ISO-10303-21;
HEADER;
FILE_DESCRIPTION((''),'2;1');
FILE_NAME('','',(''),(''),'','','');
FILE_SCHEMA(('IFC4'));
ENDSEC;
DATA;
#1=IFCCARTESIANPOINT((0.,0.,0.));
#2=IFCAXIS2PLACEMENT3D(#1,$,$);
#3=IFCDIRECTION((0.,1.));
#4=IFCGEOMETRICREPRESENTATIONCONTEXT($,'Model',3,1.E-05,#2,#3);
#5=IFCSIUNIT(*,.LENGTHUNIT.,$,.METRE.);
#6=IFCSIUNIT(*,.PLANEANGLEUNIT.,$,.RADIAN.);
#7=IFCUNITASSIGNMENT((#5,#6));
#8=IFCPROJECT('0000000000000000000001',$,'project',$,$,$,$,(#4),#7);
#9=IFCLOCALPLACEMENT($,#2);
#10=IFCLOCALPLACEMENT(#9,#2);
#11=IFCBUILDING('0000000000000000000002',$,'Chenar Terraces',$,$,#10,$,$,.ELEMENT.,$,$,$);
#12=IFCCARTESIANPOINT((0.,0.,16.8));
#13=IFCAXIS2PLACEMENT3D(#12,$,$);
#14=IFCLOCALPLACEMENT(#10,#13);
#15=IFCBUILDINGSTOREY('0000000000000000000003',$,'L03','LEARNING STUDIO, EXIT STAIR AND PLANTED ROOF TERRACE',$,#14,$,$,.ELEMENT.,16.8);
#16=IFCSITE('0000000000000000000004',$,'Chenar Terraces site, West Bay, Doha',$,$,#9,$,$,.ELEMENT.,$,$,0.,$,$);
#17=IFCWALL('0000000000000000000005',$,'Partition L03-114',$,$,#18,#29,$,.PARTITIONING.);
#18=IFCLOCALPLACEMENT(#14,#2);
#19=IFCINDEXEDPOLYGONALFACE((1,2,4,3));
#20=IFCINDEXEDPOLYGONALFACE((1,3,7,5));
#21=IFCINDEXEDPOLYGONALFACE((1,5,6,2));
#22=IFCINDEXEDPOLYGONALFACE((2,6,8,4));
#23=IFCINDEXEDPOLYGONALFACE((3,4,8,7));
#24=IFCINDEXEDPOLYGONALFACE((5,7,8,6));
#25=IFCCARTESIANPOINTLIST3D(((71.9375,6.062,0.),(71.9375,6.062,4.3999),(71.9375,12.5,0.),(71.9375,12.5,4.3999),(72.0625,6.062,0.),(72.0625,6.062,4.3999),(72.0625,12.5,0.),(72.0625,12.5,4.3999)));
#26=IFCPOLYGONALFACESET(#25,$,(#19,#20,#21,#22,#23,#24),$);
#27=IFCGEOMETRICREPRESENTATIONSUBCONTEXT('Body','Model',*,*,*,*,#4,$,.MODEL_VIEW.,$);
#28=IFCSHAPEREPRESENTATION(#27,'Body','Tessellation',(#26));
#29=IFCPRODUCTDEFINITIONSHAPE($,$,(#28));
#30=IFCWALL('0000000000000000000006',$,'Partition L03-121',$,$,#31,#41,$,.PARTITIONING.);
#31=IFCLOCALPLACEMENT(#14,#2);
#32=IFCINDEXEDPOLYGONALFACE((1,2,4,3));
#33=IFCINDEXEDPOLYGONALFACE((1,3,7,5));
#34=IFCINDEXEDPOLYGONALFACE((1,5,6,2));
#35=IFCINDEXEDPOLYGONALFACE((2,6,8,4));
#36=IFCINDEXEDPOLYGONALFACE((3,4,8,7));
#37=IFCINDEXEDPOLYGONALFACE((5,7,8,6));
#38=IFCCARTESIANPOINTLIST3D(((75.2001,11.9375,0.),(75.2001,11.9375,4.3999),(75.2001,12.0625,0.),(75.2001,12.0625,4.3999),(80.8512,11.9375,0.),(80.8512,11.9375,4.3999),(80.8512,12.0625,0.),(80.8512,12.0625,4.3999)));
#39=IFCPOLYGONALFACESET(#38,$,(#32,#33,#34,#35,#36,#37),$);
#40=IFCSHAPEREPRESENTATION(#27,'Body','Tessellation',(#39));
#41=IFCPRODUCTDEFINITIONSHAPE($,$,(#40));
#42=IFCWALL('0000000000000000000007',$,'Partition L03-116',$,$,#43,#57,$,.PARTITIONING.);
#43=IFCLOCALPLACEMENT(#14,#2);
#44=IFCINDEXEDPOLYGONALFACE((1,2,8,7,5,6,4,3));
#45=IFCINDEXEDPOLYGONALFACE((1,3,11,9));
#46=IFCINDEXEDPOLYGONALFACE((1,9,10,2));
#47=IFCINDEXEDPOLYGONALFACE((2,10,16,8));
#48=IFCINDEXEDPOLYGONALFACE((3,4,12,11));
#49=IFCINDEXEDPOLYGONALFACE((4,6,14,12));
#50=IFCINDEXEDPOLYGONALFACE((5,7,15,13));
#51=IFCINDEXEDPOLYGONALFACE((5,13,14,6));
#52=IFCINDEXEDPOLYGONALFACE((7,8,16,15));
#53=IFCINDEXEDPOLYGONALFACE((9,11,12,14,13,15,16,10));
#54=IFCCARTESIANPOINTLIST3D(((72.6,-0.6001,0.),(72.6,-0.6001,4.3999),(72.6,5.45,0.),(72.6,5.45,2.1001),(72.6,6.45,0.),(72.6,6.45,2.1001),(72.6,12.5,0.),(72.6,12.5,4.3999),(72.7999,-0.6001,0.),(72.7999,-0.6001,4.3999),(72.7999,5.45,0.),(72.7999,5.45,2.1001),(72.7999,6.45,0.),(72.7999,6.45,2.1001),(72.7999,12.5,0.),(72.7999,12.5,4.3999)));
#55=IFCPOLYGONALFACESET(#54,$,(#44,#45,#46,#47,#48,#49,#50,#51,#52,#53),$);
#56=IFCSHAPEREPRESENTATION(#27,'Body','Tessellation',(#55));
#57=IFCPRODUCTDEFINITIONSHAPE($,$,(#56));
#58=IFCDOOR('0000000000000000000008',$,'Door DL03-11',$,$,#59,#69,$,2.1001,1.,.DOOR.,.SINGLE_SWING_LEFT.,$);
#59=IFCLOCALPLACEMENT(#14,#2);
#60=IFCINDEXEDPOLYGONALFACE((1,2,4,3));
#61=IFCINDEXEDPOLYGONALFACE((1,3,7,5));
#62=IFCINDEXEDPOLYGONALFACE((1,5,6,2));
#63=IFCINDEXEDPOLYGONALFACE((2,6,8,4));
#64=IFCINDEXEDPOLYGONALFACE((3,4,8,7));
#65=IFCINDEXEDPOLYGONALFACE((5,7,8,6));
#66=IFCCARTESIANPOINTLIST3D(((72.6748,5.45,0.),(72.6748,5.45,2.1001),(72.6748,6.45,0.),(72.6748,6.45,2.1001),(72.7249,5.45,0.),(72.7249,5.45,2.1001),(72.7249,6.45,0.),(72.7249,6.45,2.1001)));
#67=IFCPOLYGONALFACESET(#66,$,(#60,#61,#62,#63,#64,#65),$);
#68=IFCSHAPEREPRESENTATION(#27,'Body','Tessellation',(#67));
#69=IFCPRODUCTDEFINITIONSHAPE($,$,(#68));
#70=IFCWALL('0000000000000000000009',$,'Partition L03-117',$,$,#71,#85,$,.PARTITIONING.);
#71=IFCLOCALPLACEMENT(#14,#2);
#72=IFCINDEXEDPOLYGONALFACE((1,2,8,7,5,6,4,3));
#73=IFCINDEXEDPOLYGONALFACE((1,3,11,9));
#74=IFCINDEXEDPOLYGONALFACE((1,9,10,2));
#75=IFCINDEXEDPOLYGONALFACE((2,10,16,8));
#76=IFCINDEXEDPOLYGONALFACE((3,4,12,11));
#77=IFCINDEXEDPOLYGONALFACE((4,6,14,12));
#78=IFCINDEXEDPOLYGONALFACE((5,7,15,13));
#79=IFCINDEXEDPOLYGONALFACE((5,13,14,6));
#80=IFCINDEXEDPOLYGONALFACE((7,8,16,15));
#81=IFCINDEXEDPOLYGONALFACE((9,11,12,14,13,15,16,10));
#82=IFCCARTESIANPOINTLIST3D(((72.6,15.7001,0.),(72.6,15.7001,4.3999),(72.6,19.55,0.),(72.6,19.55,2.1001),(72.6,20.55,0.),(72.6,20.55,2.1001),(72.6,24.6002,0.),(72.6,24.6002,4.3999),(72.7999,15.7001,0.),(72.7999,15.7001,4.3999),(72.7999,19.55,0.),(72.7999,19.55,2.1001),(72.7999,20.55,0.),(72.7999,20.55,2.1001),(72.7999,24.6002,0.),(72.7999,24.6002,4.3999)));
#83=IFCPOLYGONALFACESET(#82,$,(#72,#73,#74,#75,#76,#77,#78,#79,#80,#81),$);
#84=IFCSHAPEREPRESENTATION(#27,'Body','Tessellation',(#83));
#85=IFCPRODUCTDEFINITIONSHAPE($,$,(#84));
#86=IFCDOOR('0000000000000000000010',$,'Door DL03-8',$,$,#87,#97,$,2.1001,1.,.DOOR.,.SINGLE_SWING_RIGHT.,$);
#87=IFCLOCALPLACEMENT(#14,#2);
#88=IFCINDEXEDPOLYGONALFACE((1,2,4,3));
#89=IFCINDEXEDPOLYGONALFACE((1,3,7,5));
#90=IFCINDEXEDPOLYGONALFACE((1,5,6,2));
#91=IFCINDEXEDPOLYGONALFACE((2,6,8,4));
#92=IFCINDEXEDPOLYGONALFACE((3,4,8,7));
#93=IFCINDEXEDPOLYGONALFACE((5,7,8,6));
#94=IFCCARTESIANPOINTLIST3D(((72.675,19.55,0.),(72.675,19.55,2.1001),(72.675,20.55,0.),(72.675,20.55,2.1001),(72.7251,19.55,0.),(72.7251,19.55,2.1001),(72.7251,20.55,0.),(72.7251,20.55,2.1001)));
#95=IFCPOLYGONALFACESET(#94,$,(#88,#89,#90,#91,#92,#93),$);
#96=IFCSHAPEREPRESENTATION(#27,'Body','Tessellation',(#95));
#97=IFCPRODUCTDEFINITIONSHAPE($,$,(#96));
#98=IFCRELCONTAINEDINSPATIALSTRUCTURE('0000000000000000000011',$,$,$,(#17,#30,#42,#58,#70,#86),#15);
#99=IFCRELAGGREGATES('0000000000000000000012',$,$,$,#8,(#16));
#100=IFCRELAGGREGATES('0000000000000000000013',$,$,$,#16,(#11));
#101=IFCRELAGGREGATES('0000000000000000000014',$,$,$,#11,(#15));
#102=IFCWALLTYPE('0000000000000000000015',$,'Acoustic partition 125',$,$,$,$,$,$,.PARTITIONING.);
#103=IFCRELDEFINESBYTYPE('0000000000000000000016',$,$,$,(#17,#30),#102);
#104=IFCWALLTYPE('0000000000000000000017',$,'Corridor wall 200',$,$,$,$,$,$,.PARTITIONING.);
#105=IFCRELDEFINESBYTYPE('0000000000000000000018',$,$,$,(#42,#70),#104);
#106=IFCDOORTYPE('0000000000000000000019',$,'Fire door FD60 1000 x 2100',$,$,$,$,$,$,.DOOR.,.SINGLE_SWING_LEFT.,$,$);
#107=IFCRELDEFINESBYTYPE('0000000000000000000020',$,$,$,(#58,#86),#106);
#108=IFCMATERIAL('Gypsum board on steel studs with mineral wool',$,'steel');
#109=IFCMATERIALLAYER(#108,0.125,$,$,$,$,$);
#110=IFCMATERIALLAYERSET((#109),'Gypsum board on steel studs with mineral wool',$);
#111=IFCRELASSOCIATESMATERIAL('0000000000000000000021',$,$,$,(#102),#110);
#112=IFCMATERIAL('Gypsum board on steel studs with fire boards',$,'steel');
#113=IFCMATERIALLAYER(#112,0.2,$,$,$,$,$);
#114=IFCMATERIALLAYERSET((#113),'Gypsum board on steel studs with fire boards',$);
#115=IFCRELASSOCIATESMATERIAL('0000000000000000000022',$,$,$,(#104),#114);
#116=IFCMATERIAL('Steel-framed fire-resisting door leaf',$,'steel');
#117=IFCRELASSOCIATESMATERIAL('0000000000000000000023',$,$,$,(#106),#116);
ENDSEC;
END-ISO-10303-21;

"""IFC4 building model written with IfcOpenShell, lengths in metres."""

from ifc_helpers import new_model, si_unit, direction, frame, frame_2d, origin, place, context, subcontext, project, spatial, rectangle, extrude, material, layer, layer_set, type_object, element, fill, save


model = new_model("IFC4")

# Units and contexts
model_context = context("Model", 3, precision=1e-05, world=origin(), true_north=direction((0.0, 1.0)))
body_context = subcontext(model_context, "Body", "Model", "MODEL_VIEW")
ifc_project = project(units=[si_unit("LENGTHUNIT", "METRE"), si_unit("PLANEANGLEUNIT", "RADIAN")], contexts=[model_context])

# Site, building, storey
site_placement = place(None, origin())
site = spatial("IfcSite", under=ifc_project, at=site_placement, Name="Chenar Terraces site, West Bay, Doha", CompositionType="ELEMENT", RefElevation=0.0)
building_placement = place(site_placement, origin())
building = spatial("IfcBuilding", under=site, at=building_placement, Name="Chenar Terraces", CompositionType="ELEMENT")
storey_placement = place(building_placement, frame((0.0, 0.0, 16.8)))
storey = spatial("IfcBuildingStorey", under=building, at=storey_placement, Name="L03", Description="LEARNING STUDIO, EXIT STAIR AND PLANTED ROOF TERRACE", CompositionType="ELEMENT", Elevation=16.8)

# Walls
ifc_material_1 = material(Name="Gypsum board on steel studs with mineral wool", Category="steel")
ifc_layer_1 = layer(ifc_material_1, 0.125)
ifc_layer_set_1 = layer_set([ifc_layer_1], Name="Gypsum board on steel studs with mineral wool")
wall_type_1 = type_object("IfcWallType", Name="Acoustic partition 125", PredefinedType="PARTITIONING", material=ifc_layer_set_1)
wall_1_placement = place(storey_placement, frame((72.0, 6.062, 0.0), z_axis=(0.0, 0.0, 1.0), x_axis=(0.0, 1.0, 0.0)))
element("IfcWall", 1, at=wall_1_placement, inside=storey, type_object=wall_type_1, Name="Partition L03-114", PredefinedType="PARTITIONING", context=body_context, shape_type="SweptSolid", body=[
    extrude(rectangle(XDim=6.438, YDim=0.125, at=frame_2d((3.219, 0.0))), origin(), (0.0, 0.0, 1.0), 4.3999),
])
wall_2_placement = place(storey_placement, frame((75.2, 12.0, 0.0), z_axis=(0.0, 0.0, 1.0), x_axis=(1.0, 0.0, 0.0)))
element("IfcWall", 2, at=wall_2_placement, inside=storey, type_object=wall_type_1, Name="Partition L03-121", PredefinedType="PARTITIONING", context=body_context, shape_type="SweptSolid", body=[
    extrude(rectangle(XDim=5.6511, YDim=0.125, at=frame_2d((2.8257, 0.0))), origin(), (0.0, 0.0, 1.0), 4.3999),
])

# Walls, openings, doors
ifc_material_2 = material(Name="Gypsum board on steel studs with fire boards", Category="steel")
ifc_layer_2 = layer(ifc_material_2, 0.2)
ifc_layer_set_2 = layer_set([ifc_layer_2], Name="Gypsum board on steel studs with fire boards")
wall_type_2 = type_object("IfcWallType", Name="Corridor wall 200", PredefinedType="PARTITIONING", material=ifc_layer_set_2)
wall_3_placement = place(storey_placement, frame((72.7, -0.6001, 0.0), z_axis=(0.0, 0.0, 1.0), x_axis=(0.0, 1.0, 0.0)))
wall_3 = element("IfcWall", 3, at=wall_3_placement, inside=storey, type_object=wall_type_2, Name="Partition L03-116", PredefinedType="PARTITIONING", context=body_context, shape_type="SweptSolid", body=[
    extrude(rectangle(XDim=13.1001, YDim=0.2, at=frame_2d((6.55, 0.0))), origin(), (0.0, 0.0, 1.0), 4.3999),
])
opening_1_placement = place(wall_3_placement, frame((6.05, 0.0, 0.0)))
opening_1 = element("IfcOpeningElement", 4, at=opening_1_placement, cuts=wall_3, PredefinedType="OPENING", context=body_context, shape_type="SweptSolid", body=[
    extrude(rectangle(XDim=1.0, YDim=2.1001, at=frame_2d((0.5, 1.05))), frame((0.0, 0.1099, 0.0), z_axis=(0.0, -1.0, 0.0), x_axis=(1.0, 0.0, 0.0)), (0.0, 0.0, 1.0), 0.22),
])
ifc_material_3 = material(Name="Steel-framed fire-resisting door leaf", Category="steel")
door_type_1 = type_object("IfcDoorType", Name="Fire door FD60 1000 x 2100", OperationType="SINGLE_SWING_LEFT", PredefinedType="DOOR", material=ifc_material_3)
door_1_placement = place(opening_1_placement, frame((1.0, 0.0, 0.0), z_axis=(0.0, 0.0, 1.0), x_axis=(-1.0, 0.0, 0.0)))
door_1 = element("IfcDoor", 5, at=door_1_placement, inside=storey, type_object=door_type_1, Name="Door DL03-11", OperationType="SINGLE_SWING_LEFT", OverallHeight=2.1001, OverallWidth=1.0, PredefinedType="DOOR", context=body_context, shape_type="SweptSolid", body=[
    extrude(rectangle(XDim=1.0, YDim=2.1001, at=frame_2d((0.5, 1.05))), frame((0.0, 0.0249, 0.0), z_axis=(0.0, -1.0, 0.0), x_axis=(1.0, 0.0, 0.0)), (0.0, 0.0, 1.0), 0.05),
])
fill(opening_1, door_1)
wall_4_placement = place(storey_placement, frame((72.7, 15.7, 0.0), z_axis=(0.0, 0.0, 1.0), x_axis=(0.0, 1.0, 0.0)))
wall_4 = element("IfcWall", 6, at=wall_4_placement, inside=storey, type_object=wall_type_2, Name="Partition L03-117", PredefinedType="PARTITIONING", context=body_context, shape_type="SweptSolid", body=[
    extrude(rectangle(XDim=8.9001, YDim=0.2, at=frame_2d((4.4502, 0.0))), origin(), (0.0, 0.0, 1.0), 4.3999),
])
opening_2_placement = place(wall_4_placement, frame((3.8501, 0.0, 0.0)))
opening_2 = element("IfcOpeningElement", 7, at=opening_2_placement, cuts=wall_4, PredefinedType="OPENING", context=body_context, shape_type="SweptSolid", body=[
    extrude(rectangle(XDim=1.0, YDim=2.1001, at=frame_2d((0.5, 1.05))), frame((0.0, 0.1099, 0.0), z_axis=(0.0, -1.0, 0.0), x_axis=(1.0, 0.0, 0.0)), (0.0, 0.0, 1.0), 0.22),
])
door_2_placement = place(opening_2_placement, origin())
door_2 = element("IfcDoor", 8, at=door_2_placement, inside=storey, type_object=door_type_1, Name="Door DL03-8", OperationType="SINGLE_SWING_RIGHT", OverallHeight=2.1001, OverallWidth=1.0, PredefinedType="DOOR", context=body_context, shape_type="SweptSolid", body=[
    extrude(rectangle(XDim=1.0, YDim=2.1001, at=frame_2d((0.5, 1.05))), frame((0.0, 0.0249, 0.0), z_axis=(0.0, -1.0, 0.0), x_axis=(1.0, 0.0, 0.0)), (0.0, 0.0, 1.0), 0.05),
])
fill(opening_2, door_2)

save(model, "model.ifc")
